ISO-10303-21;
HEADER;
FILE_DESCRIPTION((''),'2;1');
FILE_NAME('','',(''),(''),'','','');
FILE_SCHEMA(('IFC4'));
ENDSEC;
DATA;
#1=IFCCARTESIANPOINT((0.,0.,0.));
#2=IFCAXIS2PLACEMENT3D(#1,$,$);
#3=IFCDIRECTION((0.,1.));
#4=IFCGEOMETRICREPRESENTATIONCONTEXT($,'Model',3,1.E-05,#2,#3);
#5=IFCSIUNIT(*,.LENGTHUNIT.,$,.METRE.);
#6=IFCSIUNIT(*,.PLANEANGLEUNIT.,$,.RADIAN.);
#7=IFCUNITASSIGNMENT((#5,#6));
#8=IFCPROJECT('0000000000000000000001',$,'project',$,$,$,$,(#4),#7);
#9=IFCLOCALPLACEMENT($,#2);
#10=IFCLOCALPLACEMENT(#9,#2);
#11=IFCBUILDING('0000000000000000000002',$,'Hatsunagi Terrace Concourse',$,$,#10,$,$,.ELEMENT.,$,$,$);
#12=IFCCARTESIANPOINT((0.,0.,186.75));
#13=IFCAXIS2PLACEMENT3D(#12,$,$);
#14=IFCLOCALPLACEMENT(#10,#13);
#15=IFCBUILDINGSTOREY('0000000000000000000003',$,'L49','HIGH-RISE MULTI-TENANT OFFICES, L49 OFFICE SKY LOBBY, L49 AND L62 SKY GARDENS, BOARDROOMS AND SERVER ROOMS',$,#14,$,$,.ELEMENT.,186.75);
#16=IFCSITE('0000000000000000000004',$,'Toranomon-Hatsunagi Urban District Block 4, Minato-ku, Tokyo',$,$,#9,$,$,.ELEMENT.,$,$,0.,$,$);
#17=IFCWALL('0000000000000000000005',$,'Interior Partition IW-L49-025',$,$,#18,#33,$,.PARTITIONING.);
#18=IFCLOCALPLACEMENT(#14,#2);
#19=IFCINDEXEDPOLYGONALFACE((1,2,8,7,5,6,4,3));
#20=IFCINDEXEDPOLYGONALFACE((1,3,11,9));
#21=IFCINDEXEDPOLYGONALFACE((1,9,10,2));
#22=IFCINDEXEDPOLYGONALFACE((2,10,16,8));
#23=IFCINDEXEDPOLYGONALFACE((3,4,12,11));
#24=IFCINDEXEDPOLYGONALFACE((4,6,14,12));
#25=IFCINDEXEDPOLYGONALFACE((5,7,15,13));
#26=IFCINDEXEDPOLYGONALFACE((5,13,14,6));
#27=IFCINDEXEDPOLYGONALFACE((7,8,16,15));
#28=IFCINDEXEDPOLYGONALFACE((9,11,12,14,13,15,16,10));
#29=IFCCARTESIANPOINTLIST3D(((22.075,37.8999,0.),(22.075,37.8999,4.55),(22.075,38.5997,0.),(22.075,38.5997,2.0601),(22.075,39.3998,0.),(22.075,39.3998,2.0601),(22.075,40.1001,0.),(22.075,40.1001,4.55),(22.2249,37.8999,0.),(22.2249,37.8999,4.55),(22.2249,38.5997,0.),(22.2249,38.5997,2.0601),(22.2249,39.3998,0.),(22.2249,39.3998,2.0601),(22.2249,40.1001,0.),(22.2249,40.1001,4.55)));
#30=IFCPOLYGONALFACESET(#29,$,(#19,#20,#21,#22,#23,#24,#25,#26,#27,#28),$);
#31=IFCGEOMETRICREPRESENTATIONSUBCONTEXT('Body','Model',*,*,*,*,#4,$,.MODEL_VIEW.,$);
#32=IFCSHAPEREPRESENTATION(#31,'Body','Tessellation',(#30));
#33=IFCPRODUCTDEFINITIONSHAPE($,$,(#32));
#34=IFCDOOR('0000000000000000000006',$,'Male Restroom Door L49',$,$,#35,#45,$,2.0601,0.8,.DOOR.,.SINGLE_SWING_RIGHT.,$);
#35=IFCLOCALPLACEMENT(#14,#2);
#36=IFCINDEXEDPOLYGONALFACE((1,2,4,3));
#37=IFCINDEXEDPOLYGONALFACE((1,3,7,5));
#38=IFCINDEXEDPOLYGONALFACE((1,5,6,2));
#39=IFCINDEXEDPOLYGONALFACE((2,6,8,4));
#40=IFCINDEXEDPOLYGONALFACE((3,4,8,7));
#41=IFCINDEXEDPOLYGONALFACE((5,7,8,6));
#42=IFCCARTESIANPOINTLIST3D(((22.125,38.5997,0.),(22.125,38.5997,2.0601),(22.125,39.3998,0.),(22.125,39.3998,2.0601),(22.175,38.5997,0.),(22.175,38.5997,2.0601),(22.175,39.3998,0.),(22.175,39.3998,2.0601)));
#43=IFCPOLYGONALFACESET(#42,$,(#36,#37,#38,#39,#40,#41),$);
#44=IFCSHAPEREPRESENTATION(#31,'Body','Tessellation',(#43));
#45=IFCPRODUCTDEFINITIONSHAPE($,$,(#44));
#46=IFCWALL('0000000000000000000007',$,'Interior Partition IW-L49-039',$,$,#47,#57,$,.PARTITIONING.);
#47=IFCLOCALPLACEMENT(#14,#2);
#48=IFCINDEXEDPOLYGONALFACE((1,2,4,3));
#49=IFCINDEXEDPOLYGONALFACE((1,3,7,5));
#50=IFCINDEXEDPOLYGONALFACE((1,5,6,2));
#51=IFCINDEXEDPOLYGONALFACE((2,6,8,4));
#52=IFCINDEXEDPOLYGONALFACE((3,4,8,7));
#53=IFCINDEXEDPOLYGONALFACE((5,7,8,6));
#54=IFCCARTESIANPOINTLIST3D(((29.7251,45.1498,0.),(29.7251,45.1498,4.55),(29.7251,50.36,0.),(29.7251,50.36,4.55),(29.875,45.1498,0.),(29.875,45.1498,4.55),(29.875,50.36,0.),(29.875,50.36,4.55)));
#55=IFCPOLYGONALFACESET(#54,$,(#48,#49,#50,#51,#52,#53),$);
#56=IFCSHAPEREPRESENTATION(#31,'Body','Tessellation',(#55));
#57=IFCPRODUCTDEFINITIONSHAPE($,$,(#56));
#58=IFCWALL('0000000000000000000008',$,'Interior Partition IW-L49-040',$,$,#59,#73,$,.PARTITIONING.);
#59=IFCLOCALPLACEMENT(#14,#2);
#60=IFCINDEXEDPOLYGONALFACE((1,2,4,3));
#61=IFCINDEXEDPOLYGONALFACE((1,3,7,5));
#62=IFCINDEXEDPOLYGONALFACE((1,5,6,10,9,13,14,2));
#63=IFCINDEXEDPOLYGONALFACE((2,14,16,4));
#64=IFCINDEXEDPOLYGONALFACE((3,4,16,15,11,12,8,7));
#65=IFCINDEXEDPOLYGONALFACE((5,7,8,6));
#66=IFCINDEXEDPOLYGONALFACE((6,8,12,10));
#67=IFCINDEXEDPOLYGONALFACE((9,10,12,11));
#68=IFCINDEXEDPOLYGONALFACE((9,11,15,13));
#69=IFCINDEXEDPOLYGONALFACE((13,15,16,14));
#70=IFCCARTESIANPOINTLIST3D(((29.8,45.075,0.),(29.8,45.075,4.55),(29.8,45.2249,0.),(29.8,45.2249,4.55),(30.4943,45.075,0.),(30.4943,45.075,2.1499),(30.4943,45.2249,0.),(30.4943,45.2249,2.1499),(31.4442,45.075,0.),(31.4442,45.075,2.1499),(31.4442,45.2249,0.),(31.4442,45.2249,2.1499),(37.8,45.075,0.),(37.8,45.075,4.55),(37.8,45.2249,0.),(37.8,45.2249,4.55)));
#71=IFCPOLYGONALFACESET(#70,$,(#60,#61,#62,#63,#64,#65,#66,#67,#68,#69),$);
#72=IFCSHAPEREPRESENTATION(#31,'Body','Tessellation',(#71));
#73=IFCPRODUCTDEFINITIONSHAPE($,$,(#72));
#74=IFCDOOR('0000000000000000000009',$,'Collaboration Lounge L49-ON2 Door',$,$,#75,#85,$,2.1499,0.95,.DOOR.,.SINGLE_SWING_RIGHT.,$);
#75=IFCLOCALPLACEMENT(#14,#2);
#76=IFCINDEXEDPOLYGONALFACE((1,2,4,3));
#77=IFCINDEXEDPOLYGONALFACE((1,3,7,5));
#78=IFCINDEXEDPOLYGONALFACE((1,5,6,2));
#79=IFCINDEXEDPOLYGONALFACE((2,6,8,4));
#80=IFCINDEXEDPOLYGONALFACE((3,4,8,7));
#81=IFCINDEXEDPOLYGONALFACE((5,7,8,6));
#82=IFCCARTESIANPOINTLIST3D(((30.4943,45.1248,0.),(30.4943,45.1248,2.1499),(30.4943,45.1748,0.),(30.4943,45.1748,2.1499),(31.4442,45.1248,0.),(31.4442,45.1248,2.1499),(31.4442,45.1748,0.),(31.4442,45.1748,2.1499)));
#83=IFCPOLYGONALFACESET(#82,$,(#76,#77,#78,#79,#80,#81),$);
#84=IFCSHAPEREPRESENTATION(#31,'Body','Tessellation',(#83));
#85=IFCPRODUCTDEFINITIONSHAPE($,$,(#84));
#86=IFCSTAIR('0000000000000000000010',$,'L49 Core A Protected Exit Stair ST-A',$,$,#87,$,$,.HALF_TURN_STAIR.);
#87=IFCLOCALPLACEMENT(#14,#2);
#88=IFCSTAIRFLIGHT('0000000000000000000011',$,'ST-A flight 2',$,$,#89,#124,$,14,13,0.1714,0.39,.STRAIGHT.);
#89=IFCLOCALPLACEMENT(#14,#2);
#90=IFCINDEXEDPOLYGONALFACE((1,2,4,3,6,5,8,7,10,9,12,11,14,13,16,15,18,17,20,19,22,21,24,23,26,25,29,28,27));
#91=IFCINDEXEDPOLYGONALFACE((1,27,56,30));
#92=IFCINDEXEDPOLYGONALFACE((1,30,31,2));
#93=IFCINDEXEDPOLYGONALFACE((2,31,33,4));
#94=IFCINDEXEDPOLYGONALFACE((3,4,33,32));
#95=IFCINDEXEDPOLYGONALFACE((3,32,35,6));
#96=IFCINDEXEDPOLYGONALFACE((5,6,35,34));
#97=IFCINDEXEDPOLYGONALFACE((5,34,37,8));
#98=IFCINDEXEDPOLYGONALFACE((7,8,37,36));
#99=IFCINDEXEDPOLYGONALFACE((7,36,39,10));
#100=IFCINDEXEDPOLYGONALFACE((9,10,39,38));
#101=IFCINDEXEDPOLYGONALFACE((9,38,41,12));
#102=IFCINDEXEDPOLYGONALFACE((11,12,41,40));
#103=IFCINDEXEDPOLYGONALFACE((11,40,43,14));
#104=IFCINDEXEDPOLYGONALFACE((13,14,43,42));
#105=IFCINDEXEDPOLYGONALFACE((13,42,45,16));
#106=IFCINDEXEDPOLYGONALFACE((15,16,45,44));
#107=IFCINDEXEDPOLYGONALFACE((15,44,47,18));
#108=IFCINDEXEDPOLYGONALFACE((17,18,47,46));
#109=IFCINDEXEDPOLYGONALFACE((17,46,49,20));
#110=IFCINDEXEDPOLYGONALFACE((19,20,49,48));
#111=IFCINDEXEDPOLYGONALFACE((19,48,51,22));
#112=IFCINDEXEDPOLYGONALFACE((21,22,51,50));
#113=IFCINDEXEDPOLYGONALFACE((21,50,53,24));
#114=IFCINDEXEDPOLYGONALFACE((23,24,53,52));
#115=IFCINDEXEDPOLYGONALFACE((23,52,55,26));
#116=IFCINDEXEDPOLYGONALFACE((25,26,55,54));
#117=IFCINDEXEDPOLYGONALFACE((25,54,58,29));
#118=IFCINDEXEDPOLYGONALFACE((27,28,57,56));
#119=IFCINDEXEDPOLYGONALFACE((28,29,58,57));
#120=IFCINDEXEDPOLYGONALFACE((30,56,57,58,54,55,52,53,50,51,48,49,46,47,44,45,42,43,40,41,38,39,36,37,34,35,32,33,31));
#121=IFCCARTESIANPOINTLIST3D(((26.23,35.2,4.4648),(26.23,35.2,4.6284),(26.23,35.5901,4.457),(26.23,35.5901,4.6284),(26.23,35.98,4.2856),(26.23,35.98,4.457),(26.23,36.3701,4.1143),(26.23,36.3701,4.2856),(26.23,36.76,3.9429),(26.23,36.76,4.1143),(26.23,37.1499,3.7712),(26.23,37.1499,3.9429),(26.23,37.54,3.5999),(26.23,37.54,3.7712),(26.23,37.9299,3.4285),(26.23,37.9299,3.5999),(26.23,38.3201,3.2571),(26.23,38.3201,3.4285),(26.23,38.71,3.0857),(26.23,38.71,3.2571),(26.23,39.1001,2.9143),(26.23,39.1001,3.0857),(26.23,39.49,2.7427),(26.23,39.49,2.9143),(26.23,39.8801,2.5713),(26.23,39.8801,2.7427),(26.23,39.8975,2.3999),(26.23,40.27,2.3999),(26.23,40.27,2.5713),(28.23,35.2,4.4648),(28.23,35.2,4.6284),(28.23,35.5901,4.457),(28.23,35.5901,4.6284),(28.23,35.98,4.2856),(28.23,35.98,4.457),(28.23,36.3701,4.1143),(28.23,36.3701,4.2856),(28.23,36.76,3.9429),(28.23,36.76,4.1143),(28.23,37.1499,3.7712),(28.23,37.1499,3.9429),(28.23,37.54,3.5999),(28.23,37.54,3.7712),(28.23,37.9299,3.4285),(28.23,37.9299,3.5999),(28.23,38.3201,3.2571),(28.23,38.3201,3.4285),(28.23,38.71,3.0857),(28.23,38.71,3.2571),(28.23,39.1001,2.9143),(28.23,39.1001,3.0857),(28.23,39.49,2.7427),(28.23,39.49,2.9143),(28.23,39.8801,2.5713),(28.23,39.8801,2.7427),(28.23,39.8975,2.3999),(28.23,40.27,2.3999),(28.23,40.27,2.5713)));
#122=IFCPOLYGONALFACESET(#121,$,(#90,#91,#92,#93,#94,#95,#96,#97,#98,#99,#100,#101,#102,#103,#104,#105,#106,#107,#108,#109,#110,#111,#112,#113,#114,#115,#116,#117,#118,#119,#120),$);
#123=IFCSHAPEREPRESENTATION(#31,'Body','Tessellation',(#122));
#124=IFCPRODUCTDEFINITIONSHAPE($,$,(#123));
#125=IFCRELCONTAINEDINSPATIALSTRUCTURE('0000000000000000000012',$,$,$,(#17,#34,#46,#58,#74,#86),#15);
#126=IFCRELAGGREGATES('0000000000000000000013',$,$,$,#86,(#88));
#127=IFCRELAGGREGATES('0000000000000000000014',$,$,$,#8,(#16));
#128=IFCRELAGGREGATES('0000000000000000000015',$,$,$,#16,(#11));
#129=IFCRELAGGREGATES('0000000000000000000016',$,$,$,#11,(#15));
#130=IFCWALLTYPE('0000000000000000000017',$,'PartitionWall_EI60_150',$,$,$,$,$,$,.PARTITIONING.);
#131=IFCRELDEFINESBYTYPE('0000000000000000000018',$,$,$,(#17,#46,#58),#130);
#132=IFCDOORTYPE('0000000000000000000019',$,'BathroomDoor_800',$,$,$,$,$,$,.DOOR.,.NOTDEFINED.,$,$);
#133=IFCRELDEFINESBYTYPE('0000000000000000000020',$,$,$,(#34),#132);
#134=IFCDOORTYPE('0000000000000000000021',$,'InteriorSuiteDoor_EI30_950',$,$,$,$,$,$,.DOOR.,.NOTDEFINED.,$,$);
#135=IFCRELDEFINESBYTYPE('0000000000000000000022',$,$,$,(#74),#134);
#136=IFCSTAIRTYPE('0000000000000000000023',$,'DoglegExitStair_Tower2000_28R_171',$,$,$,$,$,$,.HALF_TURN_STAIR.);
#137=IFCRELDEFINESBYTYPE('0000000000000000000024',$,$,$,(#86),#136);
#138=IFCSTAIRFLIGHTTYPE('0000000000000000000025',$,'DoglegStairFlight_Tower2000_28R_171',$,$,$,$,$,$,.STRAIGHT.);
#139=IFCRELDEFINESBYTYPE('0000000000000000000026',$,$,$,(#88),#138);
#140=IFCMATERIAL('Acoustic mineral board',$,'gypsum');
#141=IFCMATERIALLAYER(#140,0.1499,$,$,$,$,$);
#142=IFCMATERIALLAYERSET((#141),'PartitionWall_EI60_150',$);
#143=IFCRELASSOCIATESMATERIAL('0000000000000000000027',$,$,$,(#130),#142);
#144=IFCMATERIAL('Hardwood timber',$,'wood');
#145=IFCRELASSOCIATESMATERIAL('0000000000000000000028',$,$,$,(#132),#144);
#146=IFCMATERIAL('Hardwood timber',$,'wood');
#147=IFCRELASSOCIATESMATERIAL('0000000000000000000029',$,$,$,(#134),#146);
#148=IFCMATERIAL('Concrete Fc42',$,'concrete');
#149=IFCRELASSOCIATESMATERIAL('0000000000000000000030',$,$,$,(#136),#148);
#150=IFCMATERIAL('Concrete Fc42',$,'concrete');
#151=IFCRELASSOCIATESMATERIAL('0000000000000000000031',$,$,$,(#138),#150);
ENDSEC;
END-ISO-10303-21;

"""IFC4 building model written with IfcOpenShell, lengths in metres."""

from ifc_helpers import new_model, si_unit, direction, frame, frame_2d, origin, place, context, subcontext, project, spatial, polyline, rectangle, outline, extrude, material, layer, layer_set, type_object, element, fill, aggregate, save


model = new_model("IFC4")

# Units and contexts
model_context = context("Model", 3, precision=1e-05, world=origin(), true_north=direction((0.0, 1.0)))
body_context = subcontext(model_context, "Body", "Model", "MODEL_VIEW")
ifc_project = project(units=[si_unit("LENGTHUNIT", "METRE"), si_unit("PLANEANGLEUNIT", "RADIAN")], contexts=[model_context])

# Site, building, storey
site_placement = place(None, origin())
site = spatial("IfcSite", under=ifc_project, at=site_placement, Name="Toranomon-Hatsunagi Urban District Block 4, Minato-ku, Tokyo", CompositionType="ELEMENT", RefElevation=0.0)
building_placement = place(site_placement, origin())
building = spatial("IfcBuilding", under=site, at=building_placement, Name="Hatsunagi Terrace Concourse", CompositionType="ELEMENT")
storey_placement = place(building_placement, frame((0.0, 0.0, 186.75)))
storey = spatial("IfcBuildingStorey", under=building, at=storey_placement, Name="L49", Description="HIGH-RISE MULTI-TENANT OFFICES, L49 OFFICE SKY LOBBY, L49 AND L62 SKY GARDENS, BOARDROOMS AND SERVER ROOMS", CompositionType="ELEMENT", Elevation=186.75)

# Shared definitions
ifc_material_1 = material(Name="Acoustic mineral board", Category="gypsum")
ifc_layer_1 = layer(ifc_material_1, 0.1499)
ifc_layer_set_1 = layer_set([ifc_layer_1], Name="PartitionWall_EI60_150")
wall_type_1 = type_object("IfcWallType", Name="PartitionWall_EI60_150", PredefinedType="PARTITIONING", material=ifc_layer_set_1)

# Wall, opening, door
wall_1_placement = place(storey_placement, frame((22.1499, 37.8999, 0.0), z_axis=(0.0, 0.0, 1.0), x_axis=(0.0, 1.0, 0.0)))
wall_1 = element("IfcWall", 1, at=wall_1_placement, inside=storey, type_object=wall_type_1, Name="Interior Partition IW-L49-025", PredefinedType="PARTITIONING", context=body_context, shape_type="SweptSolid", body=[
    extrude(rectangle(XDim=2.2002, YDim=0.1499, at=frame_2d((1.1001, 0.0))), origin(), (0.0, 0.0, 1.0), 4.55),
])
opening_1_placement = place(wall_1_placement, frame((0.7, 0.0, 0.0)))
opening_1 = element("IfcOpeningElement", 2, at=opening_1_placement, cuts=wall_1, PredefinedType="OPENING", context=body_context, shape_type="SweptSolid", body=[
    extrude(rectangle(XDim=0.8, YDim=2.0601, at=frame_2d((0.3999, 1.03))), frame((0.0, 0.085, 0.0), z_axis=(0.0, -1.0, 0.0), x_axis=(1.0, 0.0, 0.0)), (0.0, 0.0, 1.0), 0.1699),
])
ifc_material_2 = material(Name="Hardwood timber", Category="wood")
door_type_1 = type_object("IfcDoorType", Name="BathroomDoor_800", OperationType="NOTDEFINED", PredefinedType="DOOR", material=ifc_material_2)
door_1_placement = place(opening_1_placement, origin())
door_1 = element("IfcDoor", 3, at=door_1_placement, inside=storey, type_object=door_type_1, Name="Male Restroom Door L49", OperationType="SINGLE_SWING_RIGHT", OverallHeight=2.0601, OverallWidth=0.8, PredefinedType="DOOR", context=body_context, shape_type="SweptSolid", body=[
    extrude(rectangle(XDim=0.8, YDim=2.0601, at=frame_2d((0.3999, 1.03))), frame((0.0, 0.0249, 0.0), z_axis=(0.0, -1.0, 0.0), x_axis=(1.0, 0.0, 0.0)), (0.0, 0.0, 1.0), 0.05),
])
fill(opening_1, door_1)

# Wall
wall_2_placement = place(storey_placement, frame((29.8, 45.1499, 0.0), z_axis=(0.0, 0.0, 1.0), x_axis=(0.0, 1.0, 0.0)))
element("IfcWall", 4, at=wall_2_placement, inside=storey, type_object=wall_type_1, Name="Interior Partition IW-L49-039", PredefinedType="PARTITIONING", context=body_context, shape_type="SweptSolid", body=[
    extrude(rectangle(XDim=5.2102, YDim=0.1499, at=frame_2d((2.605, 0.0))), origin(), (0.0, 0.0, 1.0), 4.55),
])

# Wall, opening, door
wall_3_placement = place(storey_placement, frame((29.8, 45.1499, 0.0), z_axis=(0.0, 0.0, 1.0), x_axis=(1.0, 0.0, 0.0)))
wall_3 = element("IfcWall", 5, at=wall_3_placement, inside=storey, type_object=wall_type_1, Name="Interior Partition IW-L49-040", PredefinedType="PARTITIONING", context=body_context, shape_type="SweptSolid", body=[
    extrude(rectangle(XDim=8.0, YDim=0.1499, at=frame_2d((4.0, 0.0))), origin(), (0.0, 0.0, 1.0), 4.55),
])
opening_2_placement = place(wall_3_placement, frame((0.6941, 0.0, 0.0)))
opening_2 = element("IfcOpeningElement", 6, at=opening_2_placement, cuts=wall_3, PredefinedType="OPENING", context=body_context, shape_type="SweptSolid", body=[
    extrude(rectangle(XDim=0.95, YDim=2.1499, at=frame_2d((0.4751, 1.075))), frame((0.0, 0.085, 0.0), z_axis=(0.0, -1.0, 0.0), x_axis=(1.0, 0.0, 0.0)), (0.0, 0.0, 1.0), 0.1699),
])
ifc_material_3 = material(Name="Hardwood timber", Category="wood")
door_type_2 = type_object("IfcDoorType", Name="InteriorSuiteDoor_EI30_950", OperationType="NOTDEFINED", PredefinedType="DOOR", material=ifc_material_3)
door_2_placement = place(opening_2_placement, origin())
door_2 = element("IfcDoor", 7, at=door_2_placement, inside=storey, type_object=door_type_2, Name="Collaboration Lounge L49-ON2 Door", OperationType="SINGLE_SWING_RIGHT", OverallHeight=2.1499, OverallWidth=0.95, PredefinedType="DOOR", context=body_context, shape_type="SweptSolid", body=[
    extrude(rectangle(XDim=0.95, YDim=2.1499, at=frame_2d((0.4751, 1.075))), frame((0.0, 0.0249, 0.0), z_axis=(0.0, -1.0, 0.0), x_axis=(1.0, 0.0, 0.0)), (0.0, 0.0, 1.0), 0.05),
])
fill(opening_2, door_2)

# Stair, stair flight
ifc_material_4 = material(Name="Concrete Fc42", Category="concrete")
stair_type = type_object("IfcStairType", Name="DoglegExitStair_Tower2000_28R_171", PredefinedType="HALF_TURN_STAIR", material=ifc_material_4)
stair_placement = place(storey_placement, origin())
stair = element("IfcStair", 8, at=stair_placement, inside=storey, type_object=stair_type, Name="L49 Core A Protected Exit Stair ST-A", PredefinedType="HALF_TURN_STAIR")
ifc_material_5 = material(Name="Concrete Fc42", Category="concrete")
stair_flight_type = type_object("IfcStairFlightType", Name="DoglegStairFlight_Tower2000_28R_171", PredefinedType="STRAIGHT", material=ifc_material_5)
stair_flight_placement = place(storey_placement, frame((27.23, 40.27, 2.3999), z_axis=(0.0, 0.0, 1.0), x_axis=(0.0, -1.0, 0.0)))
stair_flight = element("IfcStairFlight", 9, at=stair_flight_placement, type_object=stair_flight_type, Name="ST-A flight 2", NumberOfRisers=14, NumberOfTreads=13, PredefinedType="STRAIGHT", RiserHeight=0.1714, TreadLength=0.39, context=body_context, shape_type="SweptSolid", body=[
    extrude(outline(polyline([(0.0, 0.0), (0.0, 0.1714), (0.3899, 0.1714), (0.3899, 0.3428), (0.78, 0.3428), (0.78, 0.5144), (1.1699, 0.5144), (1.1699, 0.6858), (1.5601, 0.6858), (1.5601, 0.8572), (1.95, 0.8572), (1.95, 1.0286), (2.3401, 1.0286), (2.3401, 1.2), (2.73, 1.2), (2.73, 1.3713), (3.1201, 1.3713), (3.1201, 1.543), (3.51, 1.543), (3.51, 1.7144), (3.8999, 1.7144), (3.8999, 1.8857), (4.29, 1.8857), (4.29, 2.0571), (4.6799, 2.0571), (4.6799, 2.2285), (5.0701, 2.2285), (5.0701, 2.3999), (5.0701, 2.0649), (0.3726, 0.0), (0.0, 0.0)])), frame((0.0, 1.0, 0.0), z_axis=(0.0, -1.0, 0.0), x_axis=(1.0, 0.0, 0.0)), (0.0, 0.0, 1.0), 2.0),
])
aggregate(stair, [stair_flight])

save(model, "model.ifc")
